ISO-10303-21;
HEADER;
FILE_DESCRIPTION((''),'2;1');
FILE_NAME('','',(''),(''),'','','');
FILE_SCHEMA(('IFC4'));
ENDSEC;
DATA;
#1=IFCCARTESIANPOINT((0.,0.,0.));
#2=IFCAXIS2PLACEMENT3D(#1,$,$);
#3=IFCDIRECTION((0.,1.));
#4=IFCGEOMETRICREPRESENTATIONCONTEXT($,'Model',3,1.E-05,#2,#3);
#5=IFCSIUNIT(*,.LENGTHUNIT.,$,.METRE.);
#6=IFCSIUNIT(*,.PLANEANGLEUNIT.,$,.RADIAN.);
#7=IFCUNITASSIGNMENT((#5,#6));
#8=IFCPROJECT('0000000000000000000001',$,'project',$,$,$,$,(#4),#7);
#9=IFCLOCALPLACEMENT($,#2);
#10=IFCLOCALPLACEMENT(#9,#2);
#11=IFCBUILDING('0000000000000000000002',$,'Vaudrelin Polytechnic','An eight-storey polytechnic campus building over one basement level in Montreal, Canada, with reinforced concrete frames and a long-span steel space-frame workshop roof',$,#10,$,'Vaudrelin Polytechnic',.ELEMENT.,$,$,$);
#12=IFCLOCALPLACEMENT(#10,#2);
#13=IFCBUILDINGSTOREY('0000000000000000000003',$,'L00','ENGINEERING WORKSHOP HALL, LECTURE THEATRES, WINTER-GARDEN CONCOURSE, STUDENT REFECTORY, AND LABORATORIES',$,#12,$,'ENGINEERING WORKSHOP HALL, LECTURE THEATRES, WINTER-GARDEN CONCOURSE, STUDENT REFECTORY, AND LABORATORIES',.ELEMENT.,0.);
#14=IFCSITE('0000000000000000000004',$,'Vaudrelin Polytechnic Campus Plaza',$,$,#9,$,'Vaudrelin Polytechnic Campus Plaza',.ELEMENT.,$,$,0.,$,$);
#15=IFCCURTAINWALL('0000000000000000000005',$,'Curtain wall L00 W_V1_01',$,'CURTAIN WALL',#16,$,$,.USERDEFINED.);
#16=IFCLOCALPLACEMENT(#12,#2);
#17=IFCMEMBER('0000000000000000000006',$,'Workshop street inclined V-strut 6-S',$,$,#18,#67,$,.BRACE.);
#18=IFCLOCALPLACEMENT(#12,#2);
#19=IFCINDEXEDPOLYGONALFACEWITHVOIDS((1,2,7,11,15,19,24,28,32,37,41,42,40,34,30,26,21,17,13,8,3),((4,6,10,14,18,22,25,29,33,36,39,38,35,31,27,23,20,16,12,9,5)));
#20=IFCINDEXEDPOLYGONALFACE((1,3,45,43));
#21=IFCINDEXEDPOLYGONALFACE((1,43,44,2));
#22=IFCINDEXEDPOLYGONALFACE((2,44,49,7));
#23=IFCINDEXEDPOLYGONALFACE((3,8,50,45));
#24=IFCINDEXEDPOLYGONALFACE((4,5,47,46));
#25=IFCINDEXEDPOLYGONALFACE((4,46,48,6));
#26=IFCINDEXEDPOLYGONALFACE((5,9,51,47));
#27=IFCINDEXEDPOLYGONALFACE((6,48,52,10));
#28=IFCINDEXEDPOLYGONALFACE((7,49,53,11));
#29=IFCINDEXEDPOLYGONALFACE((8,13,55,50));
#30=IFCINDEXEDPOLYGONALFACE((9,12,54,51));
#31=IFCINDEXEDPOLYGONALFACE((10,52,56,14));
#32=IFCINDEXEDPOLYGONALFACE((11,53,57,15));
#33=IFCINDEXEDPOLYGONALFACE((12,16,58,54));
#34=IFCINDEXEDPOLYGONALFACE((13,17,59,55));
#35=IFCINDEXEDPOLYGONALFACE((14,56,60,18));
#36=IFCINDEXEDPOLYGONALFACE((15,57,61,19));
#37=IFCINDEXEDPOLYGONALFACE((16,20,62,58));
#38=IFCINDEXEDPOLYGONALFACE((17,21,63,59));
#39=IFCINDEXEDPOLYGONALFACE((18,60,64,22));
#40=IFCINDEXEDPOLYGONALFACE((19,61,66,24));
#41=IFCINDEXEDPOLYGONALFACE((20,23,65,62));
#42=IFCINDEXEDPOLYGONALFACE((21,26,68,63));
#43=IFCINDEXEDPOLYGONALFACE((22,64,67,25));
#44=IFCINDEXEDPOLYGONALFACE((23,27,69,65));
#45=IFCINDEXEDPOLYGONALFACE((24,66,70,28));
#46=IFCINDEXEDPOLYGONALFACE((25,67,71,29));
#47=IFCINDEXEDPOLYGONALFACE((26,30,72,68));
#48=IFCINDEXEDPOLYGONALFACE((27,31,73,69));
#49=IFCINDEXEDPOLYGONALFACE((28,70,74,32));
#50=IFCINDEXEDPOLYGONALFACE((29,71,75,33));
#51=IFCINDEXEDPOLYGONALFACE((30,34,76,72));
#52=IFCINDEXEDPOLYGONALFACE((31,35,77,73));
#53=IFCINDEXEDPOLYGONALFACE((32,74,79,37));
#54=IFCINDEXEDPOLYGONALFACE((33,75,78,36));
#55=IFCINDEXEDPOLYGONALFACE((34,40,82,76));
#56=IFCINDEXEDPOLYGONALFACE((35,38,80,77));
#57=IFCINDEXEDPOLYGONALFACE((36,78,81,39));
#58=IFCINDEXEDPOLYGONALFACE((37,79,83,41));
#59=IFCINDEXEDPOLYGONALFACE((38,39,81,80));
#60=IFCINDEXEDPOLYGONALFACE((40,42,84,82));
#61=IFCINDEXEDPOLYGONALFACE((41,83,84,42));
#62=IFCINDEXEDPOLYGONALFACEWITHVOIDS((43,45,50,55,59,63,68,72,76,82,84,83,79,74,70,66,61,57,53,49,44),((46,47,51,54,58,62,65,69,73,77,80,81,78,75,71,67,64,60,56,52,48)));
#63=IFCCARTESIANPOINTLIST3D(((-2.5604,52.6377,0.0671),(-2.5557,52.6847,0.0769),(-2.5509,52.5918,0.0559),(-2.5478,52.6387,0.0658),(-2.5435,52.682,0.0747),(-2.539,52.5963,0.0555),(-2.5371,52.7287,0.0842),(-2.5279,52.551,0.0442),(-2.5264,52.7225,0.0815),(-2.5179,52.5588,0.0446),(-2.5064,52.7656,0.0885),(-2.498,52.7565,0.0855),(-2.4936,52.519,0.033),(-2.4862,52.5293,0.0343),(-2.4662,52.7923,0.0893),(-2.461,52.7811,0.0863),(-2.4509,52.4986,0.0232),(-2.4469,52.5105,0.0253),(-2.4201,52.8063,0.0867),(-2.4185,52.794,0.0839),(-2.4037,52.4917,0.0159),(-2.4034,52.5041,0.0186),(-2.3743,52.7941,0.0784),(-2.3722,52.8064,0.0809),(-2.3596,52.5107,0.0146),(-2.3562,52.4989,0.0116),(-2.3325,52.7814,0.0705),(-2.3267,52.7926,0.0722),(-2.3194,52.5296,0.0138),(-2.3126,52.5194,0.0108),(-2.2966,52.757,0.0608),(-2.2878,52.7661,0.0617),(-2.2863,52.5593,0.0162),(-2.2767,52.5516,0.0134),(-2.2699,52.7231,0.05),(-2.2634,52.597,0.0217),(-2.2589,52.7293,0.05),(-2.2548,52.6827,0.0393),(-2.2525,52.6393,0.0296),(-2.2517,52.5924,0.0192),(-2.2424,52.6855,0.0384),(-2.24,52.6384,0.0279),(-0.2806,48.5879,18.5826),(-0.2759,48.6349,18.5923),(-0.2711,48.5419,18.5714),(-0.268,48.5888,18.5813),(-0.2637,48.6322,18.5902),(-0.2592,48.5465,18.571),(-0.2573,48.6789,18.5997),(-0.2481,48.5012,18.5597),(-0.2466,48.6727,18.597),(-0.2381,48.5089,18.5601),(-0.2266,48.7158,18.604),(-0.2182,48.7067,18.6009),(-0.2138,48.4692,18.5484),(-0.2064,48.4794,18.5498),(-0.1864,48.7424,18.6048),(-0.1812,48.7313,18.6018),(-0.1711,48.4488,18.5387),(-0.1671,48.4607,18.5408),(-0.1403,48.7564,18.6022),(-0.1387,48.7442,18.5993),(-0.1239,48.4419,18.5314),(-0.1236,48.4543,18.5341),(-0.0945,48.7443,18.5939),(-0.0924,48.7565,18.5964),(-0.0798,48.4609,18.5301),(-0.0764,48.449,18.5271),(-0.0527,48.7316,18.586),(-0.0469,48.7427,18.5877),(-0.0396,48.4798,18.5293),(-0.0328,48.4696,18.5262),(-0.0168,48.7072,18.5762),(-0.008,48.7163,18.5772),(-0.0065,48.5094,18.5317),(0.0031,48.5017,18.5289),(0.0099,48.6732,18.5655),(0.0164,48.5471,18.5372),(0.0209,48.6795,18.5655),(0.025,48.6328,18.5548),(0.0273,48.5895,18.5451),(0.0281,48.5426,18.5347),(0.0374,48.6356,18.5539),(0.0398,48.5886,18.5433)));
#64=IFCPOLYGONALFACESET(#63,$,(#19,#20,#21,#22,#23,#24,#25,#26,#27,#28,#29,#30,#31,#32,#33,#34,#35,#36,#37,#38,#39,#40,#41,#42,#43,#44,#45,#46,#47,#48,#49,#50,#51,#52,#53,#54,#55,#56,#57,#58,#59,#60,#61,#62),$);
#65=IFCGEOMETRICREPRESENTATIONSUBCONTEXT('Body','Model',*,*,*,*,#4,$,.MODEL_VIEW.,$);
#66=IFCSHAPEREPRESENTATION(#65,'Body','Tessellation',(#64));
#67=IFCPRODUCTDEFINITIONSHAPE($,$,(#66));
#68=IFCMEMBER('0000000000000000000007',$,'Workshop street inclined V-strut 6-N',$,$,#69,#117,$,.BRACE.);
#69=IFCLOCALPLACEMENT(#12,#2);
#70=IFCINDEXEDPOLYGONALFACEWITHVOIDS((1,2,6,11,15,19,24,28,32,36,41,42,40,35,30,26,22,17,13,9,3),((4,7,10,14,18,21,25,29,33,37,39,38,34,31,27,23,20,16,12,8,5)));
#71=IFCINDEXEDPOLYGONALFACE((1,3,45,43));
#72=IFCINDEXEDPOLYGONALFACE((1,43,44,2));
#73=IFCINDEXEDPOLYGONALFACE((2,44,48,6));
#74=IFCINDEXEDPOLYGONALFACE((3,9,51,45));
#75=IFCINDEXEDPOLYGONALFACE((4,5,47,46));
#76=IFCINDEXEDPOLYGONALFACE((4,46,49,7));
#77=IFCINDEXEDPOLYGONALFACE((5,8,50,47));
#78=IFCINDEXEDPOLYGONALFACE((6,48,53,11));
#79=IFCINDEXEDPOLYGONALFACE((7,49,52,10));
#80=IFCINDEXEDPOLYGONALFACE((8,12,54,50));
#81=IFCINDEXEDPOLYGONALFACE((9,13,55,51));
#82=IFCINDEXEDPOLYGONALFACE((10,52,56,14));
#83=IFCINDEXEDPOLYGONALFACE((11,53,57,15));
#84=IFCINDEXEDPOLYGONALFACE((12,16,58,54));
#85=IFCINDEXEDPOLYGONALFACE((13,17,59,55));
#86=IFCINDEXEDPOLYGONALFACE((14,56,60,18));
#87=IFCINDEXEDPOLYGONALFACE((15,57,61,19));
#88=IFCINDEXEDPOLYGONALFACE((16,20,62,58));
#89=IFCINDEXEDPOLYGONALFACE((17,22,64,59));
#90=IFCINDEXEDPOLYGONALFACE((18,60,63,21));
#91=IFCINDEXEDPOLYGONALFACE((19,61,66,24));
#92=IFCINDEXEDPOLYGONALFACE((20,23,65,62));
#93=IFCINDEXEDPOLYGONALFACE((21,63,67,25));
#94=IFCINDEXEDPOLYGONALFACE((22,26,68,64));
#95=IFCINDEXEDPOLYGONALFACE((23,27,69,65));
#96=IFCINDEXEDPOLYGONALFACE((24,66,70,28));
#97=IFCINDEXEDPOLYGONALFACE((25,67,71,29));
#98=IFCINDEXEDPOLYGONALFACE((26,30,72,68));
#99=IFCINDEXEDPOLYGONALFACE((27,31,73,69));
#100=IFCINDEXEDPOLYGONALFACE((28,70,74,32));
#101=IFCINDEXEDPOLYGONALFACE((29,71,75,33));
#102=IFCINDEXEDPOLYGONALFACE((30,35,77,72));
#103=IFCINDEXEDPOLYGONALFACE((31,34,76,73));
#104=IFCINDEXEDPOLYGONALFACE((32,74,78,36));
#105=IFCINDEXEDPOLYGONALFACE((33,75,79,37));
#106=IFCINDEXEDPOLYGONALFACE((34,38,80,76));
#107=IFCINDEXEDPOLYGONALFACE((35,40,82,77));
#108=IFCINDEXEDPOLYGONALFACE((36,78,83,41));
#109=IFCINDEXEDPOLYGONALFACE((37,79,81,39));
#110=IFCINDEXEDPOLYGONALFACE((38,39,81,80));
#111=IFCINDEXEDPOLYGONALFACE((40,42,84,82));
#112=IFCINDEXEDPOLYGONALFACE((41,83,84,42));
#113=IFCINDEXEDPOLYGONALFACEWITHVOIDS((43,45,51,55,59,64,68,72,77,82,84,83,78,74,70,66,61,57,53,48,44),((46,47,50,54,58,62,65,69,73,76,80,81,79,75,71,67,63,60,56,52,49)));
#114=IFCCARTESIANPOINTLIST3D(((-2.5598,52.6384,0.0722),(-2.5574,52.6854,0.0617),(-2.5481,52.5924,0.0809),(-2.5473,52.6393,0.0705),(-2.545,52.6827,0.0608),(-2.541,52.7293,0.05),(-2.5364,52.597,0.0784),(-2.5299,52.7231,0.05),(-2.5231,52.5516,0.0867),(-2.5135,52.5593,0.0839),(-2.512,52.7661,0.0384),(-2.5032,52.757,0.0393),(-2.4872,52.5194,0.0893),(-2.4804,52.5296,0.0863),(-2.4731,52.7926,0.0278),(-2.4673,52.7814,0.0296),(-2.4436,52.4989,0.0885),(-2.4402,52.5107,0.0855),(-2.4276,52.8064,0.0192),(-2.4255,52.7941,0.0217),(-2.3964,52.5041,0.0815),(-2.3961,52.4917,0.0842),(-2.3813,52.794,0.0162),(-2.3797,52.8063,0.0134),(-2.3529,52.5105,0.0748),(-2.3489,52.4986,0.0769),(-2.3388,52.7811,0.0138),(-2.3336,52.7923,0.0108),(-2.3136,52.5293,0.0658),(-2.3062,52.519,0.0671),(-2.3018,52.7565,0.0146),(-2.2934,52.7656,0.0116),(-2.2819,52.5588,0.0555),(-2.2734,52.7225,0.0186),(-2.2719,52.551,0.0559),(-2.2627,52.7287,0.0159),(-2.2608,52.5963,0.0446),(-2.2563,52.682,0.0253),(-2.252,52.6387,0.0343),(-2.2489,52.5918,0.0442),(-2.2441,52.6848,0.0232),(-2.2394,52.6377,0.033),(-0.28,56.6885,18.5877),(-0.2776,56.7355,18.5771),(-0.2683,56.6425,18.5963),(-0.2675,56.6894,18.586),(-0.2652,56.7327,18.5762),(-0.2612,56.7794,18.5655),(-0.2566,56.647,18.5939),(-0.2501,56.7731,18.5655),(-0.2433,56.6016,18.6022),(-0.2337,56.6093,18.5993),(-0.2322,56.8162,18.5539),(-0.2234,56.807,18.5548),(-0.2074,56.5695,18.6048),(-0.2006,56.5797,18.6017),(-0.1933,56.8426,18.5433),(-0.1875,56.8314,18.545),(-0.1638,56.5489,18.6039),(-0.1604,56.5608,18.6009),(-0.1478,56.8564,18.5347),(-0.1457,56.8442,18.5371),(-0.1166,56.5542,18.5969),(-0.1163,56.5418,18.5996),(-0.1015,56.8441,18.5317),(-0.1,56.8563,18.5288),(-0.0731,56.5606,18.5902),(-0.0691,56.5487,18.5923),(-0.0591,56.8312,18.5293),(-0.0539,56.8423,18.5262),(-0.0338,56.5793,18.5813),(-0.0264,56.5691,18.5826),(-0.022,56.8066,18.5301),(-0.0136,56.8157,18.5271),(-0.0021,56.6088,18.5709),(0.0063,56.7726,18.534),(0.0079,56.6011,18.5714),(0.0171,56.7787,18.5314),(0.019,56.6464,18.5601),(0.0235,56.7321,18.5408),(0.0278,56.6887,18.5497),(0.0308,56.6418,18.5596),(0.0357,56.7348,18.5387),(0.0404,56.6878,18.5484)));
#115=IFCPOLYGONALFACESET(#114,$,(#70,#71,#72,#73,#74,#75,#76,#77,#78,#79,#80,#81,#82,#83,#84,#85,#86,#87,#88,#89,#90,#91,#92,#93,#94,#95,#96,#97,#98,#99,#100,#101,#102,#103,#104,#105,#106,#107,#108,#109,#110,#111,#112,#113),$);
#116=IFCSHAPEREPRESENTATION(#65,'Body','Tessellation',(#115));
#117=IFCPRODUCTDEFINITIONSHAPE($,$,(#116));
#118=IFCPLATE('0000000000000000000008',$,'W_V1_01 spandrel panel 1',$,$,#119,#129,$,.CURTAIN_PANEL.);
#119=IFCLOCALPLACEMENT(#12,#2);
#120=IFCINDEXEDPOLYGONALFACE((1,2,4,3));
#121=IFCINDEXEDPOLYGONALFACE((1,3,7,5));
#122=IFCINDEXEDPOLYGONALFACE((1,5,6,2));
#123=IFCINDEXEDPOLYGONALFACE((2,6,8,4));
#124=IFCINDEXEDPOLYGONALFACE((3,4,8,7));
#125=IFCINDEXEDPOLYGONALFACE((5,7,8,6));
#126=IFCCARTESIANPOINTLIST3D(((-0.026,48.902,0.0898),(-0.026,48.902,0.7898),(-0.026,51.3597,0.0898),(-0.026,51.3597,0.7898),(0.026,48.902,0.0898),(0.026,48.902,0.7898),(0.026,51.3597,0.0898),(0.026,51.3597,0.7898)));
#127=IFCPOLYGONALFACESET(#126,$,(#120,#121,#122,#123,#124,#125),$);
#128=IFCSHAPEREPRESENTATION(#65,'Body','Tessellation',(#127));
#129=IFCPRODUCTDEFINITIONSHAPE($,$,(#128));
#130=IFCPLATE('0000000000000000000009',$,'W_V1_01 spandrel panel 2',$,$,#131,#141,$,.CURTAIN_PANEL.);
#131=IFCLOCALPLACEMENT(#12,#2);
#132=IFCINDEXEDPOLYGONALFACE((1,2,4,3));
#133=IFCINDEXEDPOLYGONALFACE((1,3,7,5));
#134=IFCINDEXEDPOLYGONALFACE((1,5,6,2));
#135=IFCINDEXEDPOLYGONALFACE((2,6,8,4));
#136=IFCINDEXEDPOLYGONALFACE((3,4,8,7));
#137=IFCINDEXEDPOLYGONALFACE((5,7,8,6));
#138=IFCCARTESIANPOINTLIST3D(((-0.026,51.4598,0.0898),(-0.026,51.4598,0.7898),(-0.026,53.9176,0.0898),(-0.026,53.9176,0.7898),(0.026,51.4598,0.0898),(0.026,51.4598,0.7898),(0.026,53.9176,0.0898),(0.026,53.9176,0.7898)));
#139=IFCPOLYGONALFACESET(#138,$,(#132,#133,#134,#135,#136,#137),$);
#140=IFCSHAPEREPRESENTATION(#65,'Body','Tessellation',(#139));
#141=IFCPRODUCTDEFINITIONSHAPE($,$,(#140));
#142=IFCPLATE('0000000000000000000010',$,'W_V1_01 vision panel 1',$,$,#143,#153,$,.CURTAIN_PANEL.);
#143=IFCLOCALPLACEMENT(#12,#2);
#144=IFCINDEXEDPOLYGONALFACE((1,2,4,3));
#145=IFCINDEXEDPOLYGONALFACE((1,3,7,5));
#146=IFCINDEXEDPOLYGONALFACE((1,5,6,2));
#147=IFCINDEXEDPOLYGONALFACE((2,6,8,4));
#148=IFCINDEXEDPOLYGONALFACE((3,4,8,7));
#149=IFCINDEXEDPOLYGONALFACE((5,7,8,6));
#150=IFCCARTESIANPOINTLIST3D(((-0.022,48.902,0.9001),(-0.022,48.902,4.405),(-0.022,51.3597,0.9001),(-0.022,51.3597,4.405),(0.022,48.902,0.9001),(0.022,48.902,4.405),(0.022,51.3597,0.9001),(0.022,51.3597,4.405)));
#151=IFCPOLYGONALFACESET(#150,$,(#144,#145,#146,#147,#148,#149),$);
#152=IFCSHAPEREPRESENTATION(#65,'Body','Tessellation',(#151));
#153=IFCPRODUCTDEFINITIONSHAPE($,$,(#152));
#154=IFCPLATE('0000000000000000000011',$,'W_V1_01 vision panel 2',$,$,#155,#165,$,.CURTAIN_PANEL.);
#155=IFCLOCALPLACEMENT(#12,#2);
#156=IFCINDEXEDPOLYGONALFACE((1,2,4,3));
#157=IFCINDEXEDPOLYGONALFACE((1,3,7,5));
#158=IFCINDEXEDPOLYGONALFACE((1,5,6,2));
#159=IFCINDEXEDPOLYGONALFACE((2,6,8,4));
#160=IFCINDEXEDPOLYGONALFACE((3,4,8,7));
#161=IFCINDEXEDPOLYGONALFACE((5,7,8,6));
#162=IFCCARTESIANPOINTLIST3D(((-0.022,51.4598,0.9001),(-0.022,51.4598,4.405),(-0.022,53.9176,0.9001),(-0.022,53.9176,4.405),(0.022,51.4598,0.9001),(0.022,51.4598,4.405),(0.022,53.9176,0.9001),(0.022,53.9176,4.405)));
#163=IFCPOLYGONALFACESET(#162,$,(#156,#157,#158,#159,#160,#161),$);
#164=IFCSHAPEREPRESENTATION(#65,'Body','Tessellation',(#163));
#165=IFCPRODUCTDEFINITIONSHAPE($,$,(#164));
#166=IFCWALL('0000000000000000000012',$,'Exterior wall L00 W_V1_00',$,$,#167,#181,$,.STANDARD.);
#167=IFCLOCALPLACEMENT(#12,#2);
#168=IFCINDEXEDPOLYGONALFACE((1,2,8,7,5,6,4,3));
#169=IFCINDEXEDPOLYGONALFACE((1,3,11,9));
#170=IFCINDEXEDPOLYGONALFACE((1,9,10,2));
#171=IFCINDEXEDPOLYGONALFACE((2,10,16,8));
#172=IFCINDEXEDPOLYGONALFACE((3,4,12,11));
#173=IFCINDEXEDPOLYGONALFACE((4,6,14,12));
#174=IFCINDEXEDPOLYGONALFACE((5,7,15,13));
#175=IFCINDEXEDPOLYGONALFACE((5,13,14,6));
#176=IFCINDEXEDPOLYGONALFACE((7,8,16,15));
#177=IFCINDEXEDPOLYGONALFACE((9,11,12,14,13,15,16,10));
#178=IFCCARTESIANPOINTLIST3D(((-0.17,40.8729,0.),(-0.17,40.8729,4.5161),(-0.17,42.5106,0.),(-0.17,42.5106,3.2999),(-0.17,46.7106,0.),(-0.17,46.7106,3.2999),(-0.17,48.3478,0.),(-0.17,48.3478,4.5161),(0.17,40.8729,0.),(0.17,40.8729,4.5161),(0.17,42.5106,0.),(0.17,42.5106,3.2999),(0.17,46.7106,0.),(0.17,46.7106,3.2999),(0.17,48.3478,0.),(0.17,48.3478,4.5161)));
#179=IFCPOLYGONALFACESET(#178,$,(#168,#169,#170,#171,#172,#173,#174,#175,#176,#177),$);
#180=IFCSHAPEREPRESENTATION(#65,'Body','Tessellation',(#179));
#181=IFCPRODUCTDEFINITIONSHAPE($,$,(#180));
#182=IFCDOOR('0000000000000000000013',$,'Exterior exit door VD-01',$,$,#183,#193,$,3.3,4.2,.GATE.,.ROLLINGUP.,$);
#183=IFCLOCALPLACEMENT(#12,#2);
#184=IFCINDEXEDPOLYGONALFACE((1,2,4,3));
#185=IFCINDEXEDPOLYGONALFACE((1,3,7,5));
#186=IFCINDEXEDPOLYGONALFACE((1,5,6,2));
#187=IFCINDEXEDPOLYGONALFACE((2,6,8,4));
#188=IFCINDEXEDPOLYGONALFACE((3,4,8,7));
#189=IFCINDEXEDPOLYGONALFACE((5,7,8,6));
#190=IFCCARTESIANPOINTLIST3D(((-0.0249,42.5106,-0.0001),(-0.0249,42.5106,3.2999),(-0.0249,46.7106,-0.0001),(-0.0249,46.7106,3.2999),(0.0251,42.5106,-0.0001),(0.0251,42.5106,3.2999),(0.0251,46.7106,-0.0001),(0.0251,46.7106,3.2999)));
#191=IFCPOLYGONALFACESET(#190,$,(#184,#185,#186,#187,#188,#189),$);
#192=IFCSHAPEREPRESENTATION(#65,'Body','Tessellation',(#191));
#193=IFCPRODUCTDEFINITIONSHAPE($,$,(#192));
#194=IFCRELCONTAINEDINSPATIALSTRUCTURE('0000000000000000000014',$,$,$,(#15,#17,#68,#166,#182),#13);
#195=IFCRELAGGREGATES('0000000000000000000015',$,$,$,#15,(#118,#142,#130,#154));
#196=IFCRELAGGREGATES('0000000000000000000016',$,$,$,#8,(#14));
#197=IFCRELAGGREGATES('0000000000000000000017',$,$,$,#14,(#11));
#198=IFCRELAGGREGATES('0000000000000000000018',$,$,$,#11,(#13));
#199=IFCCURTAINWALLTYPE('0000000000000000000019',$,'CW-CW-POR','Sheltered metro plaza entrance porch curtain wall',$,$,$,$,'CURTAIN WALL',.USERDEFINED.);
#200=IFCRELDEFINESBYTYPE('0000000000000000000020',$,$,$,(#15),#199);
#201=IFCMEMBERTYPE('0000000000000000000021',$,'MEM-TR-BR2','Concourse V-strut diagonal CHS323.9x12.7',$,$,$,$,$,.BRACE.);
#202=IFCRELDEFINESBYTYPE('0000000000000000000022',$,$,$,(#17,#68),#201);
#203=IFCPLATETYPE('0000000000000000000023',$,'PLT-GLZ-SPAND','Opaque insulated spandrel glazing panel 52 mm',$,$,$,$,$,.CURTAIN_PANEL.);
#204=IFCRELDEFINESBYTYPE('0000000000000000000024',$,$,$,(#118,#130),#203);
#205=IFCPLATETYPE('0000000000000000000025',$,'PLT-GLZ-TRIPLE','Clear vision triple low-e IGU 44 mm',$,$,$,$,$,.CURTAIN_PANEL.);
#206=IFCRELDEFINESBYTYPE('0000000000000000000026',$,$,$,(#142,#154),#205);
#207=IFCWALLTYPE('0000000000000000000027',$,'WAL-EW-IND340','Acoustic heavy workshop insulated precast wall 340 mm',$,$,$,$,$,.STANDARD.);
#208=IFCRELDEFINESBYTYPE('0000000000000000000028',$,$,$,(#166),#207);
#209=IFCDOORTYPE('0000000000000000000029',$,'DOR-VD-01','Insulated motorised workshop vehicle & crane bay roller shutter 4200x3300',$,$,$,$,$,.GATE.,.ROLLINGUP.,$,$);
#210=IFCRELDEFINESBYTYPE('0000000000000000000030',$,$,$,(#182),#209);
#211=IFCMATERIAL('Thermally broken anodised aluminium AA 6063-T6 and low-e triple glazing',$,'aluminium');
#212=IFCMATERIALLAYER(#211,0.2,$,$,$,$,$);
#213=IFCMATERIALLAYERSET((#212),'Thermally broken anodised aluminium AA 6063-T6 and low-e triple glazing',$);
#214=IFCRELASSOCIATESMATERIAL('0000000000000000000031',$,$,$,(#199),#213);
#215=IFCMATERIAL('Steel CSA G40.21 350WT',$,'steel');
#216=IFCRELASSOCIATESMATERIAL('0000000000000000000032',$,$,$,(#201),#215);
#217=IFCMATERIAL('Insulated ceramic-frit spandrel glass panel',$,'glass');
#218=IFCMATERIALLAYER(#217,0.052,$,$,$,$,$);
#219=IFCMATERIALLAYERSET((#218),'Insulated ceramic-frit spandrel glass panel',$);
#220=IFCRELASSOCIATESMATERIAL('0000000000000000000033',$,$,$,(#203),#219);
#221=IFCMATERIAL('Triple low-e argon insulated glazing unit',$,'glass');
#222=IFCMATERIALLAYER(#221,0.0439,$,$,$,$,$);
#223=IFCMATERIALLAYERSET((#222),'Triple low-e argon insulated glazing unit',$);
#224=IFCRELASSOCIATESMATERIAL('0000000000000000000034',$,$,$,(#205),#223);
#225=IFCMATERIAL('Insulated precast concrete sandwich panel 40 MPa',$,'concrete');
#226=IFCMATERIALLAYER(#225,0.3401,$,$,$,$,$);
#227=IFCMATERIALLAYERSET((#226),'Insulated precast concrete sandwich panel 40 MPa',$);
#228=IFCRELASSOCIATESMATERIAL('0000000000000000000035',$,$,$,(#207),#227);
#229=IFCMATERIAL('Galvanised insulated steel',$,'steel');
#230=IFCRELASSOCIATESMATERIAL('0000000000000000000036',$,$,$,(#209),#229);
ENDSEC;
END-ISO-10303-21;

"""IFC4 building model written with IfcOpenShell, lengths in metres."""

from ifc_helpers import new_model, si_unit, direction, frame, frame_2d, origin, origin_2d, place, context, subcontext, project, spatial, rectangle, hollow_circle, extrude, material, layer, layer_set, material_profile, profile_set, type_object, element, fill, aggregate, save


model = new_model("IFC4")

# Units and contexts
model_context = context("Model", 3, precision=1e-05, world=origin(), true_north=direction((0.0, 1.0)))
body_context = subcontext(model_context, "Body", "Model", "MODEL_VIEW")
ifc_project = project(units=[si_unit("LENGTHUNIT", "METRE"), si_unit("PLANEANGLEUNIT", "RADIAN")], contexts=[model_context])

# Site, building, storey
site_placement = place(None, origin())
site = spatial("IfcSite", under=ifc_project, at=site_placement, Name="Vaudrelin Polytechnic Campus Plaza", LongName="Vaudrelin Polytechnic Campus Plaza", CompositionType="ELEMENT", RefElevation=0.0)
building_placement = place(site_placement, origin())
building = spatial("IfcBuilding", under=site, at=building_placement, Name="Vaudrelin Polytechnic", Description="An eight-storey polytechnic campus building over one basement level in Montreal, Canada, with reinforced concrete frames and a long-span steel space-frame workshop roof", LongName="Vaudrelin Polytechnic", CompositionType="ELEMENT")
storey_placement = place(building_placement, origin())
storey = spatial("IfcBuildingStorey", under=building, at=storey_placement, Name="L00", Description="ENGINEERING WORKSHOP HALL, LECTURE THEATRES, WINTER-GARDEN CONCOURSE, STUDENT REFECTORY, AND LABORATORIES", LongName="ENGINEERING WORKSHOP HALL, LECTURE THEATRES, WINTER-GARDEN CONCOURSE, STUDENT REFECTORY, AND LABORATORIES", CompositionType="ELEMENT", Elevation=0.0)

# Shared definitions
ifc_material_1 = material(Name="Steel CSA G40.21 350WT", Category="steel")

# Curtain wall
ifc_material_2 = material(Name="Thermally broken anodised aluminium AA 6063-T6 and low-e triple glazing", Category="aluminium")
ifc_layer_1 = layer(ifc_material_2, 0.2)
ifc_layer_set_1 = layer_set([ifc_layer_1], Name="Thermally broken anodised aluminium AA 6063-T6 and low-e triple glazing")
curtain_wall_type = type_object("IfcCurtainWallType", Name="CW-CW-POR", Description="Sheltered metro plaza entrance porch curtain wall", ElementType="CURTAIN WALL", PredefinedType="USERDEFINED", material=ifc_layer_set_1)
curtain_wall_placement = place(storey_placement, origin())
curtain_wall = element("IfcCurtainWall", 1, at=curtain_wall_placement, inside=storey, type_object=curtain_wall_type, Name="Curtain wall L00 W_V1_01", ObjectType="CURTAIN WALL", PredefinedType="USERDEFINED")

# Members
ifc_material_profile_1 = material_profile(ifc_material_1, hollow_circle(Radius=0.1619, WallThickness=0.0127, at=origin_2d()), Name="CHS323.9x12.7")
ifc_profile_set_1 = profile_set([ifc_material_profile_1], Name="Steel CSA G40.21 350WT")
member_type_1 = type_object("IfcMemberType", Name="MEM-TR-BR2", Description="Concourse V-strut diagonal CHS323.9x12.7", PredefinedType="BRACE", material=ifc_profile_set_1)
for number, where, z_axis, x_axis, name in (
    (2, (-2.3999, 52.6499, 0.05), (0.119425, -0.212146, 0.969913), (0.871413, 0.490551, 0.0), "Workshop street inclined V-strut 6-S"),
    (3, (-2.3999, 52.6499, 0.05), (0.119424, 0.212158, 0.969911), (-0.871425, 0.490528, 0.0), "Workshop street inclined V-strut 6-N"),
):
    element("IfcMember", number, at=place(storey_placement, frame(where, z_axis=z_axis, x_axis=x_axis)), inside=storey, type_object=member_type_1, Name=name, PredefinedType="BRACE", context=body_context, shape_type="SweptSolid", body=[
        extrude(hollow_circle(Radius=0.1619, WallThickness=0.0127, at=origin_2d()), origin(), (0.0, 0.0, 1.0), 19.0898),
    ])

# Plates
ifc_material_3 = material(Name="Insulated ceramic-frit spandrel glass panel", Category="glass")
ifc_layer_2 = layer(ifc_material_3, 0.052)
ifc_layer_set_2 = layer_set([ifc_layer_2], Name="Insulated ceramic-frit spandrel glass panel")
plate_type_1 = type_object("IfcPlateType", Name="PLT-GLZ-SPAND", Description="Opaque insulated spandrel glazing panel 52 mm", PredefinedType="CURTAIN_PANEL", material=ifc_layer_set_2)
plate_1_placement = place(storey_placement, frame((0.0, 50.1309, 0.0898), z_axis=(0.0, 0.0, 1.0), x_axis=(0.0, 1.0, 0.0)))
plate_1 = element("IfcPlate", 4, at=plate_1_placement, type_object=plate_type_1, Name="W_V1_01 spandrel panel 1", PredefinedType="CURTAIN_PANEL", context=body_context, shape_type="SweptSolid", body=[
    extrude(rectangle(XDim=2.4578, YDim=0.052, at=origin_2d()), origin(), (0.0, 0.0, 1.0), 0.7),
])
plate_2_placement = place(storey_placement, frame((0.0, 52.6887, 0.0898), z_axis=(0.0, 0.0, 1.0), x_axis=(0.0, 1.0, 0.0)))
plate_2 = element("IfcPlate", 5, at=plate_2_placement, type_object=plate_type_1, Name="W_V1_01 spandrel panel 2", PredefinedType="CURTAIN_PANEL", context=body_context, shape_type="SweptSolid", body=[
    extrude(rectangle(XDim=2.4578, YDim=0.052, at=origin_2d()), origin(), (0.0, 0.0, 1.0), 0.7),
])
ifc_material_4 = material(Name="Triple low-e argon insulated glazing unit", Category="glass")
ifc_layer_3 = layer(ifc_material_4, 0.0439)
ifc_layer_set_3 = layer_set([ifc_layer_3], Name="Triple low-e argon insulated glazing unit")
plate_type_2 = type_object("IfcPlateType", Name="PLT-GLZ-TRIPLE", Description="Clear vision triple low-e IGU 44 mm", PredefinedType="CURTAIN_PANEL", material=ifc_layer_set_3)
plate_3_placement = place(storey_placement, frame((0.0, 50.1309, 0.9001), z_axis=(0.0, 0.0, 1.0), x_axis=(0.0, 1.0, 0.0)))
plate_3 = element("IfcPlate", 6, at=plate_3_placement, type_object=plate_type_2, Name="W_V1_01 vision panel 1", PredefinedType="CURTAIN_PANEL", context=body_context, shape_type="SweptSolid", body=[
    extrude(rectangle(XDim=2.4578, YDim=0.0439, at=origin_2d()), origin(), (0.0, 0.0, 1.0), 3.5049),
])
plate_4_placement = place(storey_placement, frame((0.0, 52.6887, 0.9001), z_axis=(0.0, 0.0, 1.0), x_axis=(0.0, 1.0, 0.0)))
plate_4 = element("IfcPlate", 7, at=plate_4_placement, type_object=plate_type_2, Name="W_V1_01 vision panel 2", PredefinedType="CURTAIN_PANEL", context=body_context, shape_type="SweptSolid", body=[
    extrude(rectangle(XDim=2.4578, YDim=0.0439, at=origin_2d()), origin(), (0.0, 0.0, 1.0), 3.5049),
])
aggregate(curtain_wall, [plate_1, plate_3, plate_2, plate_4])

# Wall, opening, door
ifc_material_5 = material(Name="Insulated precast concrete sandwich panel 40 MPa", Category="concrete")
ifc_layer_4 = layer(ifc_material_5, 0.3401)
ifc_layer_set_4 = layer_set([ifc_layer_4], Name="Insulated precast concrete sandwich panel 40 MPa")
wall_type_1 = type_object("IfcWallType", Name="WAL-EW-IND340", Description="Acoustic heavy workshop insulated precast wall 340 mm", PredefinedType="STANDARD", material=ifc_layer_set_4)
wall_1_placement = place(storey_placement, frame((0.0, 40.873, 0.0), z_axis=(0.0, 0.0, 1.0), x_axis=(0.0, 1.0, 0.0)))
wall_1 = element("IfcWall", 8, at=wall_1_placement, inside=storey, type_object=wall_type_1, Name="Exterior wall L00 W_V1_00", PredefinedType="STANDARD", context=body_context, shape_type="SweptSolid", body=[
    extrude(rectangle(XDim=7.4749, YDim=0.3401, at=frame_2d((3.7373, 0.0))), origin(), (0.0, 0.0, 1.0), 4.5161),
])
opening_1_placement = place(wall_1_placement, frame((1.6375, 0.0, 0.0)))
opening_1 = element("IfcOpeningElement", 9, at=opening_1_placement, cuts=wall_1, PredefinedType="OPENING", context=body_context, shape_type="SweptSolid", body=[
    extrude(rectangle(XDim=4.2, YDim=3.3, at=frame_2d((2.1001, 1.6499))), frame((0.0, 0.1802, 0.0), z_axis=(0.0, -1.0, 0.0), x_axis=(1.0, 0.0, 0.0)), (0.0, 0.0, 1.0), 0.3601),
])
ifc_material_6 = material(Name="Galvanised insulated steel", Category="steel")
door_type_1 = type_object("IfcDoorType", Name="DOR-VD-01", Description="Insulated motorised workshop vehicle & crane bay roller shutter 4200x3300", OperationType="ROLLINGUP", PredefinedType="GATE", material=ifc_material_6)
door_1_placement = place(opening_1_placement, origin())
door_1 = element("IfcDoor", 10, at=door_1_placement, inside=storey, type_object=door_type_1, Name="Exterior exit door VD-01", OperationType="ROLLINGUP", OverallHeight=3.3, OverallWidth=4.2, PredefinedType="GATE", context=body_context, shape_type="SweptSolid", body=[
    extrude(rectangle(XDim=4.2, YDim=3.3, at=frame_2d((2.1001, 1.6499))), frame((0.0, 0.0249, 0.0), z_axis=(0.0, -1.0, 0.0), x_axis=(1.0, 0.0, 0.0)), (0.0, 0.0, 1.0), 0.05),
])
fill(opening_1, door_1)

save(model, "model.ifc")
